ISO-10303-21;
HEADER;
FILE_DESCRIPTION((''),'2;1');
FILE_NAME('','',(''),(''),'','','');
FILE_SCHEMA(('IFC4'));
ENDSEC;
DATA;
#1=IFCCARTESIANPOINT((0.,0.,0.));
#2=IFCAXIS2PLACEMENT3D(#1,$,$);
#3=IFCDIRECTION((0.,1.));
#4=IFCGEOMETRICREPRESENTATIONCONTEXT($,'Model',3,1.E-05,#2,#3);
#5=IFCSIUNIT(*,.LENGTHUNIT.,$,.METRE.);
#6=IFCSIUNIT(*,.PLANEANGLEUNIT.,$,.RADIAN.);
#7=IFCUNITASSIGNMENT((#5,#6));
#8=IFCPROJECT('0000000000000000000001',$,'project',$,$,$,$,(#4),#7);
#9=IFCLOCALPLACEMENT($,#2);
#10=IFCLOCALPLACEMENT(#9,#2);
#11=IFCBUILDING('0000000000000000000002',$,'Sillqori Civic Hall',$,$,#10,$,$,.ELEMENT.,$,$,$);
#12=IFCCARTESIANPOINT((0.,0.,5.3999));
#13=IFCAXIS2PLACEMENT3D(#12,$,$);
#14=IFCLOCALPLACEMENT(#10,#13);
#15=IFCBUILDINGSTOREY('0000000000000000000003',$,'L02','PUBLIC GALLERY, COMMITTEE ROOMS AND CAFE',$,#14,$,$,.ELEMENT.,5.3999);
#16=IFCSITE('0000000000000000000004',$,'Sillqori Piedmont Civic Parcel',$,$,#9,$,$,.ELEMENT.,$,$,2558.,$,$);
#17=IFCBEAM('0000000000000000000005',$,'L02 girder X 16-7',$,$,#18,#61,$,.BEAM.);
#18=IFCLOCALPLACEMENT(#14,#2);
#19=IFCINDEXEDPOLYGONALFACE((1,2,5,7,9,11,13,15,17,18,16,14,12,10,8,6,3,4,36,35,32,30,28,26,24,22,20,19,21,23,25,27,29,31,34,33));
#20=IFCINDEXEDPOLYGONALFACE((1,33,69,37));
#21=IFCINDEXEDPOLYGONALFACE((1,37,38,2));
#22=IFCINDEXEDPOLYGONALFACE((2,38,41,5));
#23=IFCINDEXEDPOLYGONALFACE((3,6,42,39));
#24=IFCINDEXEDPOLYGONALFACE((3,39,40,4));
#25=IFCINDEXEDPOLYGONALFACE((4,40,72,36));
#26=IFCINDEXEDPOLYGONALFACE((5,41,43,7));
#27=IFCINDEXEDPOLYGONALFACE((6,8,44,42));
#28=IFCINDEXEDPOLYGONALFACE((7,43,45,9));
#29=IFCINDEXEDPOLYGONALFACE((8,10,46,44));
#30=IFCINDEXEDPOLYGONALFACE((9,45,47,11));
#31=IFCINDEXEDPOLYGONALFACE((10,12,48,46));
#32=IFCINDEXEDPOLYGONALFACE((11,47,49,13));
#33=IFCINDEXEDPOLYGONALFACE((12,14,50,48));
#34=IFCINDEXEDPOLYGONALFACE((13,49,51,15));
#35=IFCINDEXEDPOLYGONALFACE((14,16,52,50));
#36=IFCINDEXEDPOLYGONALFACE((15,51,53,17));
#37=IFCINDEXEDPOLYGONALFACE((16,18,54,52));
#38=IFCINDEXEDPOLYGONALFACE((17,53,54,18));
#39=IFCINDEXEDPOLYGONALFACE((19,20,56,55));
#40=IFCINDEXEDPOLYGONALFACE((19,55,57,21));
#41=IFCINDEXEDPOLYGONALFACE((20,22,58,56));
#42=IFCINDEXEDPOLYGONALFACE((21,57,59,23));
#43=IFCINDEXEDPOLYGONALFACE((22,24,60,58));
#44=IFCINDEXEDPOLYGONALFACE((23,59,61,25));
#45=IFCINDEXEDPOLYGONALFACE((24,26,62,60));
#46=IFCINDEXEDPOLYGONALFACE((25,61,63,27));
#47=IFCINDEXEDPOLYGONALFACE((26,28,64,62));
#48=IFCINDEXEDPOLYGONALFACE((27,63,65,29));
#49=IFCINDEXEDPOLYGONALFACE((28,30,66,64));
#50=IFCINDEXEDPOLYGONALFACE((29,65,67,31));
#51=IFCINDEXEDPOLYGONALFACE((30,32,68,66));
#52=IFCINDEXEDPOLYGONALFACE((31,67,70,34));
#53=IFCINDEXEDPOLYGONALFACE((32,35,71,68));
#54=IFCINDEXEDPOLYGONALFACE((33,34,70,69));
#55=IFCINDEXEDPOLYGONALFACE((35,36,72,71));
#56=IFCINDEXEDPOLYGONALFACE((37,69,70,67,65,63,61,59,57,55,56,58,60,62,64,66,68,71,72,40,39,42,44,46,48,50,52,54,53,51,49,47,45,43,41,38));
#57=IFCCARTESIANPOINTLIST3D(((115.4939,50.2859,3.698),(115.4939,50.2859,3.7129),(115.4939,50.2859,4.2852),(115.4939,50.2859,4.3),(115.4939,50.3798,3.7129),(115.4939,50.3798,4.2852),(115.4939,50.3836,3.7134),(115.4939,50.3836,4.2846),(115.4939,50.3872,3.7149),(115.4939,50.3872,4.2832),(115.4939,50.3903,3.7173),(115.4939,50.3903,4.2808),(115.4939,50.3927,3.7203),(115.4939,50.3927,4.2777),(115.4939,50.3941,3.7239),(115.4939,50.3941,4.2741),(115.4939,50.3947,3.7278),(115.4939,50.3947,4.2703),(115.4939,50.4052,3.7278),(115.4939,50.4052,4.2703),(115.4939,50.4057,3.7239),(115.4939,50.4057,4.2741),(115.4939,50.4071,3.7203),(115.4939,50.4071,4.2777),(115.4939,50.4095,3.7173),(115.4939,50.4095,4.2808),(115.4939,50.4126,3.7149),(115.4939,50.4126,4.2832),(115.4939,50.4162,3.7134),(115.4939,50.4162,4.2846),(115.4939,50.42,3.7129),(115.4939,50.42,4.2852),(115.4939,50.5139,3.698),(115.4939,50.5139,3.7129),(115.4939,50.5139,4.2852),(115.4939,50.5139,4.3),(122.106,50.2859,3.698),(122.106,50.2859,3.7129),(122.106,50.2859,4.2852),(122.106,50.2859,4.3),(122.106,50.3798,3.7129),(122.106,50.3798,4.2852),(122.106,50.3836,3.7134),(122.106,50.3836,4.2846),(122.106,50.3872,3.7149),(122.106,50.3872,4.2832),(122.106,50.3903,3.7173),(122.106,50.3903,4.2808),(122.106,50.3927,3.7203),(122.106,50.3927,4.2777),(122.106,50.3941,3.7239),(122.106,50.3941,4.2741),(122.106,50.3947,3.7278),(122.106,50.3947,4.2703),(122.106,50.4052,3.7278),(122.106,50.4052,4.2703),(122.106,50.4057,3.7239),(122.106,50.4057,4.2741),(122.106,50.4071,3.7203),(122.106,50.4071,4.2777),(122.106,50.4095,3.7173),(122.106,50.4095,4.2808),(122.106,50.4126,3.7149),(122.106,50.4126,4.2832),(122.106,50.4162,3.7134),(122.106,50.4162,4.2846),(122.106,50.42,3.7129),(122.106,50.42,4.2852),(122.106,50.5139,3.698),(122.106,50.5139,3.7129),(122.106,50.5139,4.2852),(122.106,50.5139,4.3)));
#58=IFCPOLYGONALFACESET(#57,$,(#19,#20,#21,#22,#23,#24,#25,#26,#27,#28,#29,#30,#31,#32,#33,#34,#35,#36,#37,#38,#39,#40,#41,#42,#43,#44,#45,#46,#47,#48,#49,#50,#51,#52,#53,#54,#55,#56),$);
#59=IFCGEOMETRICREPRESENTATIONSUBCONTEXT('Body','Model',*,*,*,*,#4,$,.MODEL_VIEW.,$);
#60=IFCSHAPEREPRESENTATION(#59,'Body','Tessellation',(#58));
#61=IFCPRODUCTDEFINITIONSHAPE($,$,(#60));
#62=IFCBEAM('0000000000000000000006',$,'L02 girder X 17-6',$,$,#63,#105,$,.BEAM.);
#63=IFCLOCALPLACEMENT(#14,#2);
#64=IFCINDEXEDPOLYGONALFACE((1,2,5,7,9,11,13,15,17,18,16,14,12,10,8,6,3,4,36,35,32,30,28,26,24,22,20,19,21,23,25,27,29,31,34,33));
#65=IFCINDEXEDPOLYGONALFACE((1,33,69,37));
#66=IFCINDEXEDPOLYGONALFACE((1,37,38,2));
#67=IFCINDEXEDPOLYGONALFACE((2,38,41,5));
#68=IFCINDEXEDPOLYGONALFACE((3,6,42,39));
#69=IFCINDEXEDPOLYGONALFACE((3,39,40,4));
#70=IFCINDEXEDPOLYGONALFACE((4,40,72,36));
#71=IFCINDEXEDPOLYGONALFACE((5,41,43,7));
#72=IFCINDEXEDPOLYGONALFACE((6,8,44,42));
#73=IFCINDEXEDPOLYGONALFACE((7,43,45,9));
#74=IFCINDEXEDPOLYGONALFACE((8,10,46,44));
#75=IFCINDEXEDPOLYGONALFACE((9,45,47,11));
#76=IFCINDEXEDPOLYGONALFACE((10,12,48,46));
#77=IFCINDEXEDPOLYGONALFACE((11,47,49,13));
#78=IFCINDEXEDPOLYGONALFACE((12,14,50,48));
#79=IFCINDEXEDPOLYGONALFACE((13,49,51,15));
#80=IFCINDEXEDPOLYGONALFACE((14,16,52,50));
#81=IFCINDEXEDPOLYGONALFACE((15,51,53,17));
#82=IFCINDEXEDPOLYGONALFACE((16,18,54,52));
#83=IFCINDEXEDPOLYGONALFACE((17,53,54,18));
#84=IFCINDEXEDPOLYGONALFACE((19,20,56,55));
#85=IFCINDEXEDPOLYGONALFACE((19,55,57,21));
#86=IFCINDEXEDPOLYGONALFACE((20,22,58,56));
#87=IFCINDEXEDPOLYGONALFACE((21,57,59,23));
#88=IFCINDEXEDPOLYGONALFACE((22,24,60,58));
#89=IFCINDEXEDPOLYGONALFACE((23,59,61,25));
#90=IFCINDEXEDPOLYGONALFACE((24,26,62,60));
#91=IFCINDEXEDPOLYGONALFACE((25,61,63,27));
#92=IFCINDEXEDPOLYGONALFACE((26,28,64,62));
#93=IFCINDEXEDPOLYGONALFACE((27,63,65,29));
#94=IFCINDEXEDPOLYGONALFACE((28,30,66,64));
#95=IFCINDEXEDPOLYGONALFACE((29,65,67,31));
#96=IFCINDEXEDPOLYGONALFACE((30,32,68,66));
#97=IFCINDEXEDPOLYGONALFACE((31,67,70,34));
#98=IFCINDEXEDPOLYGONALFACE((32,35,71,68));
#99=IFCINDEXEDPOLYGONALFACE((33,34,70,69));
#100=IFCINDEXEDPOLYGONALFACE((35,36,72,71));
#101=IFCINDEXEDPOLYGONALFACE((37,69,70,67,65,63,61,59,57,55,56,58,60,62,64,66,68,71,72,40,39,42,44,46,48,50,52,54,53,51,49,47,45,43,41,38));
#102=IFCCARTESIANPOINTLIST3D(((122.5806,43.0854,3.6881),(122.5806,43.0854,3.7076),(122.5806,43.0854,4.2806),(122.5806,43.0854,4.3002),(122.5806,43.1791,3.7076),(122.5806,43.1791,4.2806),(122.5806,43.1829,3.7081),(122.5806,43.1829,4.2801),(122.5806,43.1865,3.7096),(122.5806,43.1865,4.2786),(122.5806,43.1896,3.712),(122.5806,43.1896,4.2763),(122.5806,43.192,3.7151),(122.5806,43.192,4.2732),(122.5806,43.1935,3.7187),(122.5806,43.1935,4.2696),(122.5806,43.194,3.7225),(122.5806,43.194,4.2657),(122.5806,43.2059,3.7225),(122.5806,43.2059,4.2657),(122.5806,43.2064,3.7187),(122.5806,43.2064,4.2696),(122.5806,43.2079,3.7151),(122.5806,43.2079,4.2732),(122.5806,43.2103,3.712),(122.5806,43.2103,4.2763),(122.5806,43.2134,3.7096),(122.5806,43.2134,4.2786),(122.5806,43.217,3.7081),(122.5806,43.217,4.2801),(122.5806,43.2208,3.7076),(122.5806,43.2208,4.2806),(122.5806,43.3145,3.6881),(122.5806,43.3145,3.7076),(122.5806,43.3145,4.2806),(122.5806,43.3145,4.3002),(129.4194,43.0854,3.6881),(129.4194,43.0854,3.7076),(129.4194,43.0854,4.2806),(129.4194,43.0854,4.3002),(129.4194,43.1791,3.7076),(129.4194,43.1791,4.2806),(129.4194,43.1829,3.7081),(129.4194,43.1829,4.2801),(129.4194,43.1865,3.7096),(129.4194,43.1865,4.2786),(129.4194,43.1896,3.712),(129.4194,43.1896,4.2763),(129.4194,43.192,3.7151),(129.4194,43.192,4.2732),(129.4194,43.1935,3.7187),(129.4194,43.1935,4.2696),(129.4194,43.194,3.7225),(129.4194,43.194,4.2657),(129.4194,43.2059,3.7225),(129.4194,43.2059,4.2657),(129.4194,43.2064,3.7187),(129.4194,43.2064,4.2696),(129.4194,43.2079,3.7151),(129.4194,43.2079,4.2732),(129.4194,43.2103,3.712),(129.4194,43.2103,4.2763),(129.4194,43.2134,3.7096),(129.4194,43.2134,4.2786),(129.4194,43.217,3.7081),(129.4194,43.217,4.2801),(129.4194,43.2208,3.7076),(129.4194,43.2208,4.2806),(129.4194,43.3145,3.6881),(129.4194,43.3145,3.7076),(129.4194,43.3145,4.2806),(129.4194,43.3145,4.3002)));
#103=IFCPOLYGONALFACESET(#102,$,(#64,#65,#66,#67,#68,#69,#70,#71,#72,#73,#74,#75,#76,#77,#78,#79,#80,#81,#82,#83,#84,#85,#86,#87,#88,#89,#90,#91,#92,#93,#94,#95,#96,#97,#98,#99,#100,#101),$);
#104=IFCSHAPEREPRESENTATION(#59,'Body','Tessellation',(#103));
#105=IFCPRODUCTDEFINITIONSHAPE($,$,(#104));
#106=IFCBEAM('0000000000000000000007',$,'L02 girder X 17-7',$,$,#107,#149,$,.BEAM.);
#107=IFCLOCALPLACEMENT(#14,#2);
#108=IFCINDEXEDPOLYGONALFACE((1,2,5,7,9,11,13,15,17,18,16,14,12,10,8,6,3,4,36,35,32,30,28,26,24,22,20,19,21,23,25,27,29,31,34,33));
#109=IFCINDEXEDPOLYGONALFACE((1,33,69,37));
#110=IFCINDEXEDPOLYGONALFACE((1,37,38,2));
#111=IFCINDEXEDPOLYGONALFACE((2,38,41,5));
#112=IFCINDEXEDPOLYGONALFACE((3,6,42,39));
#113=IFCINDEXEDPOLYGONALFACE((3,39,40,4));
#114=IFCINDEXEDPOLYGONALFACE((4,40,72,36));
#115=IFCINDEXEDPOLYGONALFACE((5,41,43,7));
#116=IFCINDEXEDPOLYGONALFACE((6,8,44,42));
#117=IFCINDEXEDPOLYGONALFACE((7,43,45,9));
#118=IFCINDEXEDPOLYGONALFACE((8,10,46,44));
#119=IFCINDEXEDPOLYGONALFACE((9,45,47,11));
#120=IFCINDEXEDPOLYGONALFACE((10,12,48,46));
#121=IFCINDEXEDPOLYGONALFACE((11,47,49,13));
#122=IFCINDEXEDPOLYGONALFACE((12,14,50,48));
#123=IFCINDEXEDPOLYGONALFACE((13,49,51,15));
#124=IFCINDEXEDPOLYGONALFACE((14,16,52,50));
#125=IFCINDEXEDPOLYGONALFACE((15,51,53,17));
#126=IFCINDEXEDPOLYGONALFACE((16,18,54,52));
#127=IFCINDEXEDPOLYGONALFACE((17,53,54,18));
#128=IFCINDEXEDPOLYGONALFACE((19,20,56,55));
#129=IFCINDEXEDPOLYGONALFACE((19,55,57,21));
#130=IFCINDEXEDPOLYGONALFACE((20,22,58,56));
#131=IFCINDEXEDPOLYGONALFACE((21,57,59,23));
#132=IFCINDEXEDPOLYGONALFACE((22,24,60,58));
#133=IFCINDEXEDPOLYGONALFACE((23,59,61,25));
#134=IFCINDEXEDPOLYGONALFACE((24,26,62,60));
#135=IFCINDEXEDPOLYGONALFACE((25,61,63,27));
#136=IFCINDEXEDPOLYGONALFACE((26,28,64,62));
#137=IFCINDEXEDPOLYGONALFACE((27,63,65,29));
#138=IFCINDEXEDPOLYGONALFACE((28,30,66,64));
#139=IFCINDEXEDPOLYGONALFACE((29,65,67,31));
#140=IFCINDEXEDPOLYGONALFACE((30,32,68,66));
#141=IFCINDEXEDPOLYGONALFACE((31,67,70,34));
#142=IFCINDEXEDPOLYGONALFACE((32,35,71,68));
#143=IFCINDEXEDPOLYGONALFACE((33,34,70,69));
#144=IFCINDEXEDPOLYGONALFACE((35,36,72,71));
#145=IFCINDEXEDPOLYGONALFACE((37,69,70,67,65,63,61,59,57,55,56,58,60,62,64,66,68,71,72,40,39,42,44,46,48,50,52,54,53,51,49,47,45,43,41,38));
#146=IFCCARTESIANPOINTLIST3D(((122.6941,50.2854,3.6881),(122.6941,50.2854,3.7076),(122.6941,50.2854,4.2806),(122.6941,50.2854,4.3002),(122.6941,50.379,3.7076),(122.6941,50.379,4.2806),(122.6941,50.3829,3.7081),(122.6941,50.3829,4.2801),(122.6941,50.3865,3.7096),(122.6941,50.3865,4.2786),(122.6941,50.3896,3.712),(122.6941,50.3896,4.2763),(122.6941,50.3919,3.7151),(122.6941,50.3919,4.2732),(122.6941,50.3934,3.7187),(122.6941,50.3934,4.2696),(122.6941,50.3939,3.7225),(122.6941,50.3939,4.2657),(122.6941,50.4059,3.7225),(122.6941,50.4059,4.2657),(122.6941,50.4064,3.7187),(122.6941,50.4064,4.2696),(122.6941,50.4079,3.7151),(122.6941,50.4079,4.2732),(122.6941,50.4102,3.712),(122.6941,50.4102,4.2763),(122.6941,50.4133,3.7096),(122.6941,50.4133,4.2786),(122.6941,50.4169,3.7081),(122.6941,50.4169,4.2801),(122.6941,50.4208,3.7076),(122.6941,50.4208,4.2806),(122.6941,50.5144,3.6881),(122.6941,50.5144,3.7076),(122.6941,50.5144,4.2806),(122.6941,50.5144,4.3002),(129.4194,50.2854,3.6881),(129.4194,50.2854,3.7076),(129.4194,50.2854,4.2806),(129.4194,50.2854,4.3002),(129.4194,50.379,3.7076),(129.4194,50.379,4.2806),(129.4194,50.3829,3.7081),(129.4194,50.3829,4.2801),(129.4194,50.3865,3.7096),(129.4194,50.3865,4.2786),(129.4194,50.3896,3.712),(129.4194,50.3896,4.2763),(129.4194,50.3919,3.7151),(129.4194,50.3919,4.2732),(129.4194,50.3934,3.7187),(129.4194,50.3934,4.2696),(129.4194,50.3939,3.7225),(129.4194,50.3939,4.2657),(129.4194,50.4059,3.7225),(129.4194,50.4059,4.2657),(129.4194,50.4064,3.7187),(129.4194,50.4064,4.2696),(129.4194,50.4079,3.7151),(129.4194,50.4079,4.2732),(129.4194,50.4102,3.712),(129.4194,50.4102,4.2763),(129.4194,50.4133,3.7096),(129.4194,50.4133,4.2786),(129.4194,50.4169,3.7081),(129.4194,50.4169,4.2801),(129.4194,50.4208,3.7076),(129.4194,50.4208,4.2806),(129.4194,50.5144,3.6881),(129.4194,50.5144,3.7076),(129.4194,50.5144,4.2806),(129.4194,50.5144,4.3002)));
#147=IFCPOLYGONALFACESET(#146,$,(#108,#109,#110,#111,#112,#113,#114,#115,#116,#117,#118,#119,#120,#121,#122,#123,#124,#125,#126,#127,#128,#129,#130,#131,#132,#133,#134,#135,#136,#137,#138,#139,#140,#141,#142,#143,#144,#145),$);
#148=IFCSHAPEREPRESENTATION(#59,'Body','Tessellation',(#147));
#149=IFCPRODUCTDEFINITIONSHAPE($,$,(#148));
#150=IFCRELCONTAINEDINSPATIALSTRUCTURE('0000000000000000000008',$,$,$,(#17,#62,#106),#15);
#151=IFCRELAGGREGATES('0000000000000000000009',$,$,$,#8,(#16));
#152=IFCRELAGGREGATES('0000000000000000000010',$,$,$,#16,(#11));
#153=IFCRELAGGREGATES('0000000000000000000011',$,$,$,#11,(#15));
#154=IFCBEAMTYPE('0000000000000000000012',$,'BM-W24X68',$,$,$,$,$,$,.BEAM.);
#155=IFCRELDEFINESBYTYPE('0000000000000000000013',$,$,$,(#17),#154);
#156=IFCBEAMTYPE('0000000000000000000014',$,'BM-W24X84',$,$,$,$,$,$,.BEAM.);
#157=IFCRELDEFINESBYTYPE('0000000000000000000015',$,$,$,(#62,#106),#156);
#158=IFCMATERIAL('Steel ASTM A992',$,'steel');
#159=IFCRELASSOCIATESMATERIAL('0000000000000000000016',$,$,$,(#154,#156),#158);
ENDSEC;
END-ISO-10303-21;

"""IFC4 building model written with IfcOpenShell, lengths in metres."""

from ifc_helpers import new_model, si_unit, direction, frame, origin, origin_2d, place, context, subcontext, project, spatial, i_section, extrude, material, material_profile, profile_set, type_object, element, save


model = new_model("IFC4")

# Units and contexts
model_context = context("Model", 3, precision=1e-05, world=origin(), true_north=direction((0.0, 1.0)))
body_context = subcontext(model_context, "Body", "Model", "MODEL_VIEW")
ifc_project = project(units=[si_unit("LENGTHUNIT", "METRE"), si_unit("PLANEANGLEUNIT", "RADIAN")], contexts=[model_context])

# Site, building, storey
site_placement = place(None, origin())
site = spatial("IfcSite", under=ifc_project, at=site_placement, Name="Sillqori Piedmont Civic Parcel", CompositionType="ELEMENT", RefElevation=2558.0)
building_placement = place(site_placement, origin())
building = spatial("IfcBuilding", under=site, at=building_placement, Name="Sillqori Civic Hall", CompositionType="ELEMENT")
storey_placement = place(building_placement, frame((0.0, 0.0, 5.3999)))
storey = spatial("IfcBuildingStorey", under=building, at=storey_placement, Name="L02", Description="PUBLIC GALLERY, COMMITTEE ROOMS AND CAFE", CompositionType="ELEMENT", Elevation=5.3999)

# Shared definitions
ifc_material_1 = material(Name="Steel ASTM A992", Category="steel")

# Beams
ifc_material_profile_1 = material_profile(ifc_material_1, i_section(OverallWidth=0.228, OverallDepth=0.6021, WebThickness=0.0105, FlangeThickness=0.0149, FilletRadius=0.0149, at=origin_2d()), Name="W24X68")
ifc_profile_set_1 = profile_set([ifc_material_profile_1], Name="Steel ASTM A992")
beam_type_1 = type_object("IfcBeamType", Name="BM-W24X68", PredefinedType="BEAM", material=ifc_profile_set_1)
beam_1_placement = place(storey_placement, frame((115.4939, 50.3999, 3.999), z_axis=(1.0, 0.0, 0.0), x_axis=(0.0, 1.0, 0.0)))
element("IfcBeam", 1, at=beam_1_placement, inside=storey, type_object=beam_type_1, Name="L02 girder X 16-7", PredefinedType="BEAM", context=body_context, shape_type="SweptSolid", body=[
    extrude(i_section(OverallWidth=0.228, OverallDepth=0.6021, WebThickness=0.0105, FlangeThickness=0.0149, FilletRadius=0.0149, at=origin_2d()), origin(), (0.0, 0.0, 1.0), 6.6121),
])
ifc_material_profile_2 = material_profile(ifc_material_1, i_section(OverallWidth=0.229, OverallDepth=0.6121, WebThickness=0.012, FlangeThickness=0.0195, FilletRadius=0.0149, at=origin_2d()), Name="W24X84")
ifc_profile_set_2 = profile_set([ifc_material_profile_2], Name="Steel ASTM A992")
beam_type_2 = type_object("IfcBeamType", Name="BM-W24X84", PredefinedType="BEAM", material=ifc_profile_set_2)
beam_2_placement = place(storey_placement, frame((122.5806, 43.2, 3.9941), z_axis=(1.0, 0.0, 0.0), x_axis=(0.0, 1.0, 0.0)))
element("IfcBeam", 2, at=beam_2_placement, inside=storey, type_object=beam_type_2, Name="L02 girder X 17-6", PredefinedType="BEAM", context=body_context, shape_type="SweptSolid", body=[
    extrude(i_section(OverallWidth=0.229, OverallDepth=0.6121, WebThickness=0.012, FlangeThickness=0.0195, FilletRadius=0.0149, at=origin_2d()), origin(), (0.0, 0.0, 1.0), 6.8389),
])
beam_3_placement = place(storey_placement, frame((122.6941, 50.3999, 3.9941), z_axis=(1.0, 0.0, 0.0), x_axis=(0.0, 1.0, 0.0)))
element("IfcBeam", 3, at=beam_3_placement, inside=storey, type_object=beam_type_2, Name="L02 girder X 17-7", PredefinedType="BEAM", context=body_context, shape_type="SweptSolid", body=[
    extrude(i_section(OverallWidth=0.229, OverallDepth=0.6121, WebThickness=0.012, FlangeThickness=0.0195, FilletRadius=0.0149, at=origin_2d()), origin(), (0.0, 0.0, 1.0), 6.7253),
])

save(model, "model.ifc")
